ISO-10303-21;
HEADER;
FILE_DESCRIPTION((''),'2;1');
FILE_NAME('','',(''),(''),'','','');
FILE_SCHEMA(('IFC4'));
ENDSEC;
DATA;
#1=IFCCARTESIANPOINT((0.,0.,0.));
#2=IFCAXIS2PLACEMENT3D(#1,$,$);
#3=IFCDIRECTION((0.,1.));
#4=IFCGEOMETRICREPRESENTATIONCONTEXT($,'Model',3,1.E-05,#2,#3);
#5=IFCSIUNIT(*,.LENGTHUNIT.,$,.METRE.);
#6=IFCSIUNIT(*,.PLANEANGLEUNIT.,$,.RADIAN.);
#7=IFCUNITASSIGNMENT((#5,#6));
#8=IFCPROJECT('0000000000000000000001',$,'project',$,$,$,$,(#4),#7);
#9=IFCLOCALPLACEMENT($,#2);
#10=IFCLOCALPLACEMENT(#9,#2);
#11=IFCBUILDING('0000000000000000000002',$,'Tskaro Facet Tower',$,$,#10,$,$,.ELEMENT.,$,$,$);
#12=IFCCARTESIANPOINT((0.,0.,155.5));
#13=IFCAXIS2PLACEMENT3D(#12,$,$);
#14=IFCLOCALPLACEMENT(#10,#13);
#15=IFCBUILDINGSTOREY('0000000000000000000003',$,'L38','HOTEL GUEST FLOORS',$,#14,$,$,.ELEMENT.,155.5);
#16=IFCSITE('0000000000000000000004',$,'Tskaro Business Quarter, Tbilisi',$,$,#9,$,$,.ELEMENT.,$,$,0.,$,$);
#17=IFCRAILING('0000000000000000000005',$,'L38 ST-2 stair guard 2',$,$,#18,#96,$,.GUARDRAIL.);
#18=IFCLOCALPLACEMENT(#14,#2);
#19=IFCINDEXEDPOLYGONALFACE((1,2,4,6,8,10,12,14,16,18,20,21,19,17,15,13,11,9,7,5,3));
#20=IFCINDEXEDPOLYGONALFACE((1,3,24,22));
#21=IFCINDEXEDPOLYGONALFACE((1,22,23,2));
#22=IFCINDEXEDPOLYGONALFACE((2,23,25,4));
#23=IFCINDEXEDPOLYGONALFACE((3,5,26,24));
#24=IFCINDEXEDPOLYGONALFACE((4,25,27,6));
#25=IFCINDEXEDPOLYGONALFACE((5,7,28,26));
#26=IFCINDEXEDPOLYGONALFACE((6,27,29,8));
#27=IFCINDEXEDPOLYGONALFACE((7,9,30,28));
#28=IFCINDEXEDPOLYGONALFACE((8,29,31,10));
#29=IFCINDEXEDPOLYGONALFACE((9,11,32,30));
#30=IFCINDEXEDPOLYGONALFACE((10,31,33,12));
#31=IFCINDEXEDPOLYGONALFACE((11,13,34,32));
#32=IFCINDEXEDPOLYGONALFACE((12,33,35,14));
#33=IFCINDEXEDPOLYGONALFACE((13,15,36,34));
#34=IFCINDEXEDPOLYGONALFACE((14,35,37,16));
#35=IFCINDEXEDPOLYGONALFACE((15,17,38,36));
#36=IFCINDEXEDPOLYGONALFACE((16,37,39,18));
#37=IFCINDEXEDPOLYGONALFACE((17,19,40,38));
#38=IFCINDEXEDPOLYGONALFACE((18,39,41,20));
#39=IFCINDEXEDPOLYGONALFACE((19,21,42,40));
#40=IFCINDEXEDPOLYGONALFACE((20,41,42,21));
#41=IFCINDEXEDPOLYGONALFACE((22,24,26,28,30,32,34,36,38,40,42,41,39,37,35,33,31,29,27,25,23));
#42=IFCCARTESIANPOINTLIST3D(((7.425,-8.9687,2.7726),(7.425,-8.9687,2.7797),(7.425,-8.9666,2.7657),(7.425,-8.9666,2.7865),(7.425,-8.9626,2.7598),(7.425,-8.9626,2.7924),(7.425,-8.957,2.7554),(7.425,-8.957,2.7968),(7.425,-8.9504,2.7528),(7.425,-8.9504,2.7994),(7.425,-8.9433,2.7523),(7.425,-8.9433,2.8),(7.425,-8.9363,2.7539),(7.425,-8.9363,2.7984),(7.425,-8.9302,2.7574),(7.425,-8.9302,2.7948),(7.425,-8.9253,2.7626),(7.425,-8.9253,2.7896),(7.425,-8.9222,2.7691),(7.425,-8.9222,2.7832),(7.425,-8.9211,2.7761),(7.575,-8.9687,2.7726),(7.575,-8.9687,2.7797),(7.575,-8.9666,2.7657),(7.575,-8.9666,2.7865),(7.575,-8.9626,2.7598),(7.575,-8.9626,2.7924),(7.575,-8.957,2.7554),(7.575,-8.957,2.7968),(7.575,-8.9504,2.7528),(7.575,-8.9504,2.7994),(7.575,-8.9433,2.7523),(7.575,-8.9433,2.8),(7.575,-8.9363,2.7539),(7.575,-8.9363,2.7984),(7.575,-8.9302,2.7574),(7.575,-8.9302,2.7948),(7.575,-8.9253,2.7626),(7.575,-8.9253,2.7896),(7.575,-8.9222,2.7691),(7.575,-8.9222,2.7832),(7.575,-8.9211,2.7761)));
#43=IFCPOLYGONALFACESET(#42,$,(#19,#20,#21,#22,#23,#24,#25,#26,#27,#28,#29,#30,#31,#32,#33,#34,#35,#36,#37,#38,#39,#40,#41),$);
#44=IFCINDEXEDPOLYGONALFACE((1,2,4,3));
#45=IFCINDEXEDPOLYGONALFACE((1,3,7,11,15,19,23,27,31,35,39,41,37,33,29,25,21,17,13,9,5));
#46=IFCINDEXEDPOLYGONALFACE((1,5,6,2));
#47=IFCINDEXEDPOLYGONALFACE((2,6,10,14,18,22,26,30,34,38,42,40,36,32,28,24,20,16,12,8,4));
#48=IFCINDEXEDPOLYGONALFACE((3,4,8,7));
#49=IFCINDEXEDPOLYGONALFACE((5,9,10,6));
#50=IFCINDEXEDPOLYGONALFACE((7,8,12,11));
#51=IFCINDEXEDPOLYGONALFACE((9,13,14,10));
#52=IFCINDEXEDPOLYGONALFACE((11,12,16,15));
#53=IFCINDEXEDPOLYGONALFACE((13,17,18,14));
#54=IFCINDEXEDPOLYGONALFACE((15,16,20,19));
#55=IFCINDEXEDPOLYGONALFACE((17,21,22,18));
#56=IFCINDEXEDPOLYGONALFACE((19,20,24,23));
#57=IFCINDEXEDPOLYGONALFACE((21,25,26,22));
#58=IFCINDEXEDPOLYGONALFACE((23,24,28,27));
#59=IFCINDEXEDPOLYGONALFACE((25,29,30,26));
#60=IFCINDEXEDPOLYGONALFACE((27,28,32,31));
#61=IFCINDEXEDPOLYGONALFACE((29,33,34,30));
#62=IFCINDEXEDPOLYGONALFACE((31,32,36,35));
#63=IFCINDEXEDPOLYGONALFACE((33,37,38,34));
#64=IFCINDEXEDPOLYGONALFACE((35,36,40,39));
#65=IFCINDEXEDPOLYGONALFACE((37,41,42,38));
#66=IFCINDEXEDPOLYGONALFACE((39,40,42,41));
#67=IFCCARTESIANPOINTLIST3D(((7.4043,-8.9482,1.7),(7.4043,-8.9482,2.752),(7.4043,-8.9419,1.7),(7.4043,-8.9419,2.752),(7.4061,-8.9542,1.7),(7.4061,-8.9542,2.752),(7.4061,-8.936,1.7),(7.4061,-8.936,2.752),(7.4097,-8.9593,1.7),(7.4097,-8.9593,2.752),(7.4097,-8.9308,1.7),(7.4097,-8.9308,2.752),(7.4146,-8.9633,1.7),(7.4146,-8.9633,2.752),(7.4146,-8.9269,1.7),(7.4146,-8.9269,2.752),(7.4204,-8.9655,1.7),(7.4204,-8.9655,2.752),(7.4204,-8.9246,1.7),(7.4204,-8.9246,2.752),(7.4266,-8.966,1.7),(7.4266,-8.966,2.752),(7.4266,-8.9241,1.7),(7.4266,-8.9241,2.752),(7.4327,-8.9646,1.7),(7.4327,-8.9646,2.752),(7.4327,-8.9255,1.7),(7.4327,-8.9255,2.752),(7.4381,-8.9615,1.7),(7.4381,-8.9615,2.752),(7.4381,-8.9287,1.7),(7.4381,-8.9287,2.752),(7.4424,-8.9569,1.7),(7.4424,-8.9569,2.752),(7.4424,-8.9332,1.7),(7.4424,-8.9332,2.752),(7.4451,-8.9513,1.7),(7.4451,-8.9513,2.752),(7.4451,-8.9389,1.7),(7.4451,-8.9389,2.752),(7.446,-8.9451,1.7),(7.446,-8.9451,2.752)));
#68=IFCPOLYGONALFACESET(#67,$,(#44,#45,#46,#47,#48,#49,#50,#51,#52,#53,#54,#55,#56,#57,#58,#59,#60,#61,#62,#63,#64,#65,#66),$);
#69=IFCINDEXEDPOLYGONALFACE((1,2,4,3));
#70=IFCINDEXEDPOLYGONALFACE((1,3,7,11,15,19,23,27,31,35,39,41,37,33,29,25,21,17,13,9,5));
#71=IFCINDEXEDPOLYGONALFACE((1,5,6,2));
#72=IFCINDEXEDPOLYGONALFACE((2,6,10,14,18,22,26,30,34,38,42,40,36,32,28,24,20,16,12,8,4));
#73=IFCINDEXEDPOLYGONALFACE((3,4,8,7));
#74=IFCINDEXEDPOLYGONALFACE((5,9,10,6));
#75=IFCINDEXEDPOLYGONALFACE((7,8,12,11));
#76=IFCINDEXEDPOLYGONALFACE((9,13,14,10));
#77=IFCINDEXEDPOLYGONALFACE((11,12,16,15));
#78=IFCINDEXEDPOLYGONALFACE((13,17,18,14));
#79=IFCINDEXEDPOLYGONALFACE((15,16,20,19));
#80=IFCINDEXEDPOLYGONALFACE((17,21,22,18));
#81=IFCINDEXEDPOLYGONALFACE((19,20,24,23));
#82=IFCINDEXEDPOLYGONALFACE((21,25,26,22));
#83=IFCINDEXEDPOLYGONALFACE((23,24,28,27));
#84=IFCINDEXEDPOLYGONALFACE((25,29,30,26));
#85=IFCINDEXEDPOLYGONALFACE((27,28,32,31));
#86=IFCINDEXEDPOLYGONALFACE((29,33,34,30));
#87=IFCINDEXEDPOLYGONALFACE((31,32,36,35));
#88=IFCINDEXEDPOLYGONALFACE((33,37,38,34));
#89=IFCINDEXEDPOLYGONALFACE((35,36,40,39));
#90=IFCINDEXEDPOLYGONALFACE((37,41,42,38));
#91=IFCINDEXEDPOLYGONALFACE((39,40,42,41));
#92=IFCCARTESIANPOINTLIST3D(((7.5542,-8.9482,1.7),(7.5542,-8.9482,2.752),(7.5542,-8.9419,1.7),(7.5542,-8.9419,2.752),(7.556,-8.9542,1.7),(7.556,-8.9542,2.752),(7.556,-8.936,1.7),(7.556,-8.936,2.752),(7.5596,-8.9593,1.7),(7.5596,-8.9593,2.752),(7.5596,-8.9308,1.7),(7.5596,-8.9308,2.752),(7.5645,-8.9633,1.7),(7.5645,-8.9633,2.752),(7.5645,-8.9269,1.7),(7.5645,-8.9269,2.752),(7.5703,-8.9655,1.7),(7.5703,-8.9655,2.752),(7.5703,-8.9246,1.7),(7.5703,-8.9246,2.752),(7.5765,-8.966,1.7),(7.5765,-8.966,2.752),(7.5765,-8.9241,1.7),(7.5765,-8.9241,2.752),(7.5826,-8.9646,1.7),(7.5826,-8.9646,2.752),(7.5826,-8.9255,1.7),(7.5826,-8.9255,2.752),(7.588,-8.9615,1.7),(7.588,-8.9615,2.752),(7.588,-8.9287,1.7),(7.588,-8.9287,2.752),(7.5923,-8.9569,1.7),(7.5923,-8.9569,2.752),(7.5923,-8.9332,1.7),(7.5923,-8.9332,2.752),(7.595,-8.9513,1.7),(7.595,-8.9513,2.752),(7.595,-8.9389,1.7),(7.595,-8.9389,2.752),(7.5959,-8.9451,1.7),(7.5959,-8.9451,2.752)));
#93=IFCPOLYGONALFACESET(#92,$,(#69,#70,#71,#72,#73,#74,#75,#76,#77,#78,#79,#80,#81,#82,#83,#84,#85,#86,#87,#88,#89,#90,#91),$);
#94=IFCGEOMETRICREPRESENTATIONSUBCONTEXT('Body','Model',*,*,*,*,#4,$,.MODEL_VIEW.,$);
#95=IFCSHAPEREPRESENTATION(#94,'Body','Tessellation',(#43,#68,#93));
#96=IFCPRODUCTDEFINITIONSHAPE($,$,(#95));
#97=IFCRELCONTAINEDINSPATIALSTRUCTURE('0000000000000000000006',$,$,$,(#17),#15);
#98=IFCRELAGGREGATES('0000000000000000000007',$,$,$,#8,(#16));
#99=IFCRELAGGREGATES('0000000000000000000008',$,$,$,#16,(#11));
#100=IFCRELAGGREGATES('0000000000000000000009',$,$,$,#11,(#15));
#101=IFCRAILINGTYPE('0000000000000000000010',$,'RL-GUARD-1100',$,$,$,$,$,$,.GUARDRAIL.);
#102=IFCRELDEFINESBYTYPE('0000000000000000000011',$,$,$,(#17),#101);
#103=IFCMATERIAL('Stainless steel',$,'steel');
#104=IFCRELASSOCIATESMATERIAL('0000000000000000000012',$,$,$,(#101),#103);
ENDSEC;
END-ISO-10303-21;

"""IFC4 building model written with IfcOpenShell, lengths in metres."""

from ifc_helpers import new_model, si_unit, direction, frame, origin, origin_2d, place, context, subcontext, project, spatial, circle, extrude, material, type_object, element, save


model = new_model("IFC4")

# Units and contexts
model_context = context("Model", 3, precision=1e-05, world=origin(), true_north=direction((0.0, 1.0)))
body_context = subcontext(model_context, "Body", "Model", "MODEL_VIEW")
ifc_project = project(units=[si_unit("LENGTHUNIT", "METRE"), si_unit("PLANEANGLEUNIT", "RADIAN")], contexts=[model_context])

# Site, building, storey
site_placement = place(None, origin())
site = spatial("IfcSite", under=ifc_project, at=site_placement, Name="Tskaro Business Quarter, Tbilisi", CompositionType="ELEMENT", RefElevation=0.0)
building_placement = place(site_placement, origin())
building = spatial("IfcBuilding", under=site, at=building_placement, Name="Tskaro Facet Tower", CompositionType="ELEMENT")
storey_placement = place(building_placement, frame((0.0, 0.0, 155.5)))
storey = spatial("IfcBuildingStorey", under=building, at=storey_placement, Name="L38", Description="HOTEL GUEST FLOORS", CompositionType="ELEMENT", Elevation=155.5)

# Railing
ifc_material_1 = material(Name="Stainless steel", Category="steel")
railing_type_1 = type_object("IfcRailingType", Name="RL-GUARD-1100", PredefinedType="GUARDRAIL", material=ifc_material_1)
railing_1_placement = place(storey_placement, frame((7.425, -8.9451, 1.7)))
element("IfcRailing", 1, at=railing_1_placement, inside=storey, type_object=railing_type_1, Name="L38 ST-2 stair guard 2", PredefinedType="GUARDRAIL", context=body_context, shape_type="SweptSolid", body=[
    extrude(circle(Radius=0.0239, at=origin_2d()), frame((0.0, 0.0, 1.0762), z_axis=(1.0, 0.0, 0.0), x_axis=(0.0, 1.0, 0.0)), (0.0, 0.0, 1.0), 0.1499),
    extrude(circle(Radius=0.021, at=origin_2d()), origin(), (0.0, 0.0, 1.0), 1.052),
    extrude(circle(Radius=0.021, at=origin_2d()), frame((0.1499, 0.0, 0.0)), (0.0, 0.0, 1.0), 1.052),
])

save(model, "model.ifc")
